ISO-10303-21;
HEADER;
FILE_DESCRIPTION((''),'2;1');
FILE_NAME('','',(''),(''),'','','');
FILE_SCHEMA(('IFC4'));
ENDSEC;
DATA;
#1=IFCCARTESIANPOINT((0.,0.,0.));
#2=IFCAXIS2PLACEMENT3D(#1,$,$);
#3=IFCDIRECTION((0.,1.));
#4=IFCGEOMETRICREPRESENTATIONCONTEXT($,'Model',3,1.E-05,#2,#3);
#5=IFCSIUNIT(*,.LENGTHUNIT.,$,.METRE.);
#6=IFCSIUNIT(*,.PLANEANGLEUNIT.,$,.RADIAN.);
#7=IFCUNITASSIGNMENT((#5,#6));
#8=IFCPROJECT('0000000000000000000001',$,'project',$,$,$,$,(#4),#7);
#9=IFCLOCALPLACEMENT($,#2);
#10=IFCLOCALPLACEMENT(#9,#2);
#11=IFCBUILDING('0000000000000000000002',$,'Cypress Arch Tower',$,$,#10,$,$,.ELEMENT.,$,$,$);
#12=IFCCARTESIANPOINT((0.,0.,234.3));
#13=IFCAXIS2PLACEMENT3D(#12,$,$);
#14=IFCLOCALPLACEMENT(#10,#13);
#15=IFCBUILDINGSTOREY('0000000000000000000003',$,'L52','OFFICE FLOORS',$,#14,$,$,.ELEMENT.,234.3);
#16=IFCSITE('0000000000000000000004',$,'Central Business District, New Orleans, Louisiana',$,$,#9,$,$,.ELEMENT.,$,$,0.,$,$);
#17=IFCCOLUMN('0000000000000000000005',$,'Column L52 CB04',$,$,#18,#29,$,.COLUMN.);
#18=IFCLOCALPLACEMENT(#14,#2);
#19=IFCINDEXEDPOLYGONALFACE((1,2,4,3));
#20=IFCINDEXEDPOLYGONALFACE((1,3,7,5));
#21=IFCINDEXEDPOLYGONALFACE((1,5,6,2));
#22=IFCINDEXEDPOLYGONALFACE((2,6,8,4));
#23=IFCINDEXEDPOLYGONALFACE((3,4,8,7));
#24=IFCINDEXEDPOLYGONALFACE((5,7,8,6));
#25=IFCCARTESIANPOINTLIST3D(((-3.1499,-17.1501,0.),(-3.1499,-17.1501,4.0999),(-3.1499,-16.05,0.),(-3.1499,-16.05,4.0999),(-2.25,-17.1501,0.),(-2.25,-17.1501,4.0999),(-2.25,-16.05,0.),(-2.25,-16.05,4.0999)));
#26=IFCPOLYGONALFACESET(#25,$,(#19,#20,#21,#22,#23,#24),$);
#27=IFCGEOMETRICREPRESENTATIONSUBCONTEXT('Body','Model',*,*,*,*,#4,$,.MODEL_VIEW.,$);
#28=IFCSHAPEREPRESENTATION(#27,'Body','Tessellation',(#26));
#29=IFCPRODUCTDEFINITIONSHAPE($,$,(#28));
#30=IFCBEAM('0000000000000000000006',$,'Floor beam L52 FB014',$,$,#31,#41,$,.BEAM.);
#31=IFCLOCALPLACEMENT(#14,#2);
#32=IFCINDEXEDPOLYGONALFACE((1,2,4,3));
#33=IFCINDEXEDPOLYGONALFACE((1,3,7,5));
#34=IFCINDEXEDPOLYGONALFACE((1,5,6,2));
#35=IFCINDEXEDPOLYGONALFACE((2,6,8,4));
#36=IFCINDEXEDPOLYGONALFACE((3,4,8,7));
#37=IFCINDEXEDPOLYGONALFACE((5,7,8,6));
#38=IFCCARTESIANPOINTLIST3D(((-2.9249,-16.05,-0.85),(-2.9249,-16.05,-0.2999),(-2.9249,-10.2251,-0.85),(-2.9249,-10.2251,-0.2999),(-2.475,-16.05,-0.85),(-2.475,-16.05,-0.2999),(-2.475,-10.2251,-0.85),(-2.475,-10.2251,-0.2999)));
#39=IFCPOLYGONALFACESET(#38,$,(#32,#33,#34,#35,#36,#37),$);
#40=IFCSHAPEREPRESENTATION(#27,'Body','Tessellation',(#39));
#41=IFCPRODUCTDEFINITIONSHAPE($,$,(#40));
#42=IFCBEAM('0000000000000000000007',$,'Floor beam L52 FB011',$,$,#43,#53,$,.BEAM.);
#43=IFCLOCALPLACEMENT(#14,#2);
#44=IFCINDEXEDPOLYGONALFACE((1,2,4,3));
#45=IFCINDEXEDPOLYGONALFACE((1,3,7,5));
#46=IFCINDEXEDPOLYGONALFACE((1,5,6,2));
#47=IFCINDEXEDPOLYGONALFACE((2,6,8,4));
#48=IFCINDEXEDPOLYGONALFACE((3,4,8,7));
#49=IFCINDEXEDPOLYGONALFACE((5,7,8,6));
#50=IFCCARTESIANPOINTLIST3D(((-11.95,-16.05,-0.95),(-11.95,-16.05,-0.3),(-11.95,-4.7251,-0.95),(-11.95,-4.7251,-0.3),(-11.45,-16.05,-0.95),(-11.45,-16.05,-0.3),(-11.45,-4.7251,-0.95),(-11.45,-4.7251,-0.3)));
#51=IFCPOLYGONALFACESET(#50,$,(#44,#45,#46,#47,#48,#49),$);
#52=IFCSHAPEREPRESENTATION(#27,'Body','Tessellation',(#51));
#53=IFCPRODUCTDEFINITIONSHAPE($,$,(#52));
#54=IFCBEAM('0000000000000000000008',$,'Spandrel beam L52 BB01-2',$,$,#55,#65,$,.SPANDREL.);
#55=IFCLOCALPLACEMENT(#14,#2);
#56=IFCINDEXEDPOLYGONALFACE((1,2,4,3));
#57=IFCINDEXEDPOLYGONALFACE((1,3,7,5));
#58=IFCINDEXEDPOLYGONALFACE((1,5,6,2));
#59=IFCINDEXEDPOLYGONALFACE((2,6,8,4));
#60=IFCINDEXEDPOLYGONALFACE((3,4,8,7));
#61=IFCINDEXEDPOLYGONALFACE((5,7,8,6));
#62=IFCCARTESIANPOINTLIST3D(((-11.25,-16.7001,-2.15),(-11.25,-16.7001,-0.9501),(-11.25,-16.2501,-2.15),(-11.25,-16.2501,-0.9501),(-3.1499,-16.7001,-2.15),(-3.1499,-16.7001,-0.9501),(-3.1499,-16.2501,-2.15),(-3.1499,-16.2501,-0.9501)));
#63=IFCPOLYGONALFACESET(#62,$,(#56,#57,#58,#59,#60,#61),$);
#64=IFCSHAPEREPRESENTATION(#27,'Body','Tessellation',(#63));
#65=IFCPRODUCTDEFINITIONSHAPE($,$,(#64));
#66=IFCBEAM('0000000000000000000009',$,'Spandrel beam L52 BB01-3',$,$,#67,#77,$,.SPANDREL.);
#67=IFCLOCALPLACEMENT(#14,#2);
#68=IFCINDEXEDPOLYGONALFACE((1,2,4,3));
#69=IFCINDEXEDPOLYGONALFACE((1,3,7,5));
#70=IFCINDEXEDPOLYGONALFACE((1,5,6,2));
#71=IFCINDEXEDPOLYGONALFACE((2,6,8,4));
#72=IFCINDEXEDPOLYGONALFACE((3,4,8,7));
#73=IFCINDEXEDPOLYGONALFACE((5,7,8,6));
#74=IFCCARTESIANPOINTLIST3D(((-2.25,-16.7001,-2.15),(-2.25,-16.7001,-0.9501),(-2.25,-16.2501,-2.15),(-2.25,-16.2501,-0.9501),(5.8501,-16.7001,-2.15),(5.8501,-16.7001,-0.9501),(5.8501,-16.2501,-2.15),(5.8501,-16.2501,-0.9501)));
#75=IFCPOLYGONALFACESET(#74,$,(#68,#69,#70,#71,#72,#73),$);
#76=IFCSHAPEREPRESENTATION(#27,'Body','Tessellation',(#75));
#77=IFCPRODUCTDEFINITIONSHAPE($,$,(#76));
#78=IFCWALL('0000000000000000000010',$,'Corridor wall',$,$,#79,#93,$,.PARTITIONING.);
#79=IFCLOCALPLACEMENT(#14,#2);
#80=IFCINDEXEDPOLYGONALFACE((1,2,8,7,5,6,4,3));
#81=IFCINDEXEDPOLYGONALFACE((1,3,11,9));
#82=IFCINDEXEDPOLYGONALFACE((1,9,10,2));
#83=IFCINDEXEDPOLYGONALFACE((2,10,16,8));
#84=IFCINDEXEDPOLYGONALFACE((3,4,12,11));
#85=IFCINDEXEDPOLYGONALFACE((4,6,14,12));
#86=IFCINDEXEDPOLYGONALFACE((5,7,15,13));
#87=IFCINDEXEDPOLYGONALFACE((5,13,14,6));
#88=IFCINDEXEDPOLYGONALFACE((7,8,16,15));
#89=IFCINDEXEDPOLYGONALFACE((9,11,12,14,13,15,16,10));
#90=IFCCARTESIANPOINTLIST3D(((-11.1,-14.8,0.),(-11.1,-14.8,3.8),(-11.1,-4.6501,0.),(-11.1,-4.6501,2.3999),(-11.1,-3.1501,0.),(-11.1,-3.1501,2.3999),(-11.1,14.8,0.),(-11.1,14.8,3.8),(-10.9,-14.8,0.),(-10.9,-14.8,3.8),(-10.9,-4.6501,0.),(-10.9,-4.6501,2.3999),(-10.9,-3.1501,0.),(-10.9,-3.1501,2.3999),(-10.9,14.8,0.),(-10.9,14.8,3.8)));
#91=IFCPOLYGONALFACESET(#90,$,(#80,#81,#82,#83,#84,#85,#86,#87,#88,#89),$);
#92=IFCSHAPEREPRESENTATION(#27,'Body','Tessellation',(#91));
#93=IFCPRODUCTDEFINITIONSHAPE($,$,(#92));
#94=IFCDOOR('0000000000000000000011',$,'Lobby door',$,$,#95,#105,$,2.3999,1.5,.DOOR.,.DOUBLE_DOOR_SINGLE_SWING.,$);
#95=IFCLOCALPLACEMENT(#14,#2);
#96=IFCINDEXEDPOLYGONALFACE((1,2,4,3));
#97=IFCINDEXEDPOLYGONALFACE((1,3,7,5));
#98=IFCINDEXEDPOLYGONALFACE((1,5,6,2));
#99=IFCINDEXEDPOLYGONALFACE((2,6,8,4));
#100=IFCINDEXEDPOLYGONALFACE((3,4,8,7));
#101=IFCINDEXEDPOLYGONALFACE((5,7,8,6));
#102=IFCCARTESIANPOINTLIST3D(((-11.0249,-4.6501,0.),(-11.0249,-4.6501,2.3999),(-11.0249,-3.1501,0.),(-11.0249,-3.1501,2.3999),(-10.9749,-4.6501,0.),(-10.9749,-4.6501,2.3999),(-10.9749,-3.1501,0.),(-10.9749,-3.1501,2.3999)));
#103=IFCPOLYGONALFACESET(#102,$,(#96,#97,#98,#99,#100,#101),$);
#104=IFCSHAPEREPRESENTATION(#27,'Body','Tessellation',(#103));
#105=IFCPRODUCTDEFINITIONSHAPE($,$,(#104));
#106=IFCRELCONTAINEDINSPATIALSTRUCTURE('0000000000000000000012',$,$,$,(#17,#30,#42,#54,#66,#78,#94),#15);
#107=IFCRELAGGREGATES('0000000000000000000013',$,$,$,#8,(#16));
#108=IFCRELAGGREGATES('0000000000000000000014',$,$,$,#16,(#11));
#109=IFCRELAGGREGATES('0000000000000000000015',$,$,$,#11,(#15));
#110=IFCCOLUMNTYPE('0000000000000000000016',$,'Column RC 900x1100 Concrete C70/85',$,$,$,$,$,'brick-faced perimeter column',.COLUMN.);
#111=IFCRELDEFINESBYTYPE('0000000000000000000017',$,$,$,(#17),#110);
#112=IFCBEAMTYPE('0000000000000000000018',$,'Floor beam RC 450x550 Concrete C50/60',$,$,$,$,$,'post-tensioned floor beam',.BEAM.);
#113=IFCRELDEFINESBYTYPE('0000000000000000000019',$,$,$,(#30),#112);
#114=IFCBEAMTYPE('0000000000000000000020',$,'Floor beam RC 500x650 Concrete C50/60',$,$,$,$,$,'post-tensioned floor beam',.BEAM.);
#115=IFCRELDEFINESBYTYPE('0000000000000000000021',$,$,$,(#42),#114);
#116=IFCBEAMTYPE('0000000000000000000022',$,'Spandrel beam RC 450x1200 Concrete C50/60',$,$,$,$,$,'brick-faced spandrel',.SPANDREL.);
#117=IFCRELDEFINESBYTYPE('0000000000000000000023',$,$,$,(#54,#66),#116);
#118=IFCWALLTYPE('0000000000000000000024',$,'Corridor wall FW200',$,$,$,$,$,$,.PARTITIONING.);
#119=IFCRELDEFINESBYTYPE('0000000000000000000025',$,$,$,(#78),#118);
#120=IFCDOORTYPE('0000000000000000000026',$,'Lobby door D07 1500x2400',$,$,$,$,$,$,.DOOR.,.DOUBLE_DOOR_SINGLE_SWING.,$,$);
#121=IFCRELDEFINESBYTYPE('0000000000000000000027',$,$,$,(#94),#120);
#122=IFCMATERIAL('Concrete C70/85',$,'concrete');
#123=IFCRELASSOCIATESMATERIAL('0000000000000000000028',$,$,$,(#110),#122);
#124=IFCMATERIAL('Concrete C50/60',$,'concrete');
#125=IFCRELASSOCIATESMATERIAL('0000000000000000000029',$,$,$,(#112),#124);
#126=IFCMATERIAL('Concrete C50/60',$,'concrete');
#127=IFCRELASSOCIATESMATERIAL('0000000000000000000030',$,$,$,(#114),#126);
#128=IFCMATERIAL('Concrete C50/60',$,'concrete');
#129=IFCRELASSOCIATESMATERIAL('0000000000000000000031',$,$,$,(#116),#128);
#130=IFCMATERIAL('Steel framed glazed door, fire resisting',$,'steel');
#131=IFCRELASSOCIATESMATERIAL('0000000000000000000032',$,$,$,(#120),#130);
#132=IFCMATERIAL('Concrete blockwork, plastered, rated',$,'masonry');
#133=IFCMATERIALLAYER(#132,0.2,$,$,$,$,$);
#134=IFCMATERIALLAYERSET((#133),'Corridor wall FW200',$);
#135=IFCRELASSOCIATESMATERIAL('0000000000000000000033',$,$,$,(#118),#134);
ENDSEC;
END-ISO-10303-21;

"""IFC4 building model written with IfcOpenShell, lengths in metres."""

from ifc_helpers import new_model, si_unit, direction, frame, frame_2d, origin, origin_2d, place, context, subcontext, project, spatial, rectangle, extrude, material, layer, layer_set, material_profile, profile_set, type_object, element, fill, save


model = new_model("IFC4")

# Units and contexts
model_context = context("Model", 3, precision=1e-05, world=origin(), true_north=direction((0.0, 1.0)))
body_context = subcontext(model_context, "Body", "Model", "MODEL_VIEW")
ifc_project = project(units=[si_unit("LENGTHUNIT", "METRE"), si_unit("PLANEANGLEUNIT", "RADIAN")], contexts=[model_context])

# Site, building, storey
site_placement = place(None, origin())
site = spatial("IfcSite", under=ifc_project, at=site_placement, Name="Central Business District, New Orleans, Louisiana", CompositionType="ELEMENT", RefElevation=0.0)
building_placement = place(site_placement, origin())
building = spatial("IfcBuilding", under=site, at=building_placement, Name="Cypress Arch Tower", CompositionType="ELEMENT")
storey_placement = place(building_placement, frame((0.0, 0.0, 234.3)))
storey = spatial("IfcBuildingStorey", under=building, at=storey_placement, Name="L52", Description="OFFICE FLOORS", CompositionType="ELEMENT", Elevation=234.3)

# Column
ifc_material_1 = material(Name="Concrete C70/85", Category="concrete")
ifc_material_profile_1 = material_profile(ifc_material_1, rectangle(XDim=0.8999, YDim=1.1001, at=origin_2d()), Name="RC 900x1100")
ifc_profile_set_1 = profile_set([ifc_material_profile_1], Name="Concrete C70/85")
column_type = type_object("IfcColumnType", Name="Column RC 900x1100 Concrete C70/85", ElementType="brick-faced perimeter column", PredefinedType="COLUMN", material=ifc_profile_set_1)
column_placement = place(storey_placement, frame((-2.7, -16.6001, 0.0), z_axis=(0.0, 0.0, 1.0), x_axis=(1.0, 0.0, 0.0)))
element("IfcColumn", 1, at=column_placement, inside=storey, type_object=column_type, Name="Column L52 CB04", PredefinedType="COLUMN", context=body_context, shape_type="SweptSolid", body=[
    extrude(rectangle(XDim=0.8999, YDim=1.1001, at=origin_2d()), origin(), (0.0, 0.0, 1.0), 4.0999),
])

# Beams
ifc_material_2 = material(Name="Concrete C50/60", Category="concrete")
ifc_material_profile_2 = material_profile(ifc_material_2, rectangle(XDim=0.45, YDim=0.55, at=origin_2d()), Name="RC 450x550")
ifc_profile_set_2 = profile_set([ifc_material_profile_2], Name="Concrete C50/60")
beam_type_1 = type_object("IfcBeamType", Name="Floor beam RC 450x550 Concrete C50/60", ElementType="post-tensioned floor beam", PredefinedType="BEAM", material=ifc_profile_set_2)
beam_1_placement = place(storey_placement, frame((-2.7, -16.05, -0.575), z_axis=(0.0, 1.0, 0.0), x_axis=(-1.0, 0.0, 0.0)))
element("IfcBeam", 2, at=beam_1_placement, inside=storey, type_object=beam_type_1, Name="Floor beam L52 FB014", PredefinedType="BEAM", context=body_context, shape_type="SweptSolid", body=[
    extrude(rectangle(XDim=0.45, YDim=0.55, at=origin_2d()), origin(), (0.0, 0.0, 1.0), 5.825),
])
ifc_material_3 = material(Name="Concrete C50/60", Category="concrete")
ifc_material_profile_3 = material_profile(ifc_material_3, rectangle(XDim=0.5, YDim=0.6499, at=origin_2d()), Name="RC 500x650")
ifc_profile_set_3 = profile_set([ifc_material_profile_3], Name="Concrete C50/60")
beam_type_2 = type_object("IfcBeamType", Name="Floor beam RC 500x650 Concrete C50/60", ElementType="post-tensioned floor beam", PredefinedType="BEAM", material=ifc_profile_set_3)
beam_2_placement = place(storey_placement, frame((-11.7, -16.05, -0.625), z_axis=(0.0, 1.0, 0.0), x_axis=(-1.0, 0.0, 0.0)))
element("IfcBeam", 3, at=beam_2_placement, inside=storey, type_object=beam_type_2, Name="Floor beam L52 FB011", PredefinedType="BEAM", context=body_context, shape_type="SweptSolid", body=[
    extrude(rectangle(XDim=0.5, YDim=0.6499, at=origin_2d()), origin(), (0.0, 0.0, 1.0), 11.325),
])
ifc_material_4 = material(Name="Concrete C50/60", Category="concrete")
ifc_material_profile_4 = material_profile(ifc_material_4, rectangle(XDim=0.45, YDim=1.2, at=origin_2d()), Name="RC 450x1200")
ifc_profile_set_4 = profile_set([ifc_material_profile_4], Name="Concrete C50/60")
beam_type_3 = type_object("IfcBeamType", Name="Spandrel beam RC 450x1200 Concrete C50/60", ElementType="brick-faced spandrel", PredefinedType="SPANDREL", material=ifc_profile_set_4)
for number, where, z_axis, x_axis, name in (
    (4, (-11.25, -16.4751, -1.55), (1.0, 0.0, 0.0), (0.0, 1.0, 0.0), "Spandrel beam L52 BB01-2"),
    (5, (-2.25, -16.4751, -1.55), (1.0, 0.0, 0.0), (0.0, 1.0, 0.0), "Spandrel beam L52 BB01-3"),
):
    element("IfcBeam", number, at=place(storey_placement, frame(where, z_axis=z_axis, x_axis=x_axis)), inside=storey, type_object=beam_type_3, Name=name, PredefinedType="SPANDREL", context=body_context, shape_type="SweptSolid", body=[
        extrude(rectangle(XDim=0.45, YDim=1.2, at=origin_2d()), origin(), (0.0, 0.0, 1.0), 8.1001),
    ])

# Shared definitions
ifc_material_5 = material(Name="Steel framed glazed door, fire resisting", Category="steel")
door_type_1 = type_object("IfcDoorType", Name="Lobby door D07 1500x2400", OperationType="DOUBLE_DOOR_SINGLE_SWING", PredefinedType="DOOR", material=ifc_material_5)

# Shared definitions
ifc_material_6 = material(Name="Concrete blockwork, plastered, rated", Category="masonry")
ifc_layer_1 = layer(ifc_material_6, 0.2)
ifc_layer_set_1 = layer_set([ifc_layer_1], Name="Corridor wall FW200")
wall_type_1 = type_object("IfcWallType", Name="Corridor wall FW200", PredefinedType="PARTITIONING", material=ifc_layer_set_1)

# Wall, opening, door
wall_1_placement = place(storey_placement, frame((-11.0, -14.8, 0.0), z_axis=(0.0, 0.0, 1.0), x_axis=(0.0, 1.0, 0.0)))
wall_1 = element("IfcWall", 6, at=wall_1_placement, inside=storey, type_object=wall_type_1, Name="Corridor wall", PredefinedType="PARTITIONING", context=body_context, shape_type="SweptSolid", body=[
    extrude(rectangle(XDim=29.6001, YDim=0.2, at=frame_2d((14.8, 0.0))), origin(), (0.0, 0.0, 1.0), 3.8),
])
opening_1_placement = place(wall_1_placement, frame((10.1499, 0.0, 0.0)))
opening_1 = element("IfcOpeningElement", 7, at=opening_1_placement, cuts=wall_1, PredefinedType="OPENING", context=body_context, shape_type="SweptSolid", body=[
    extrude(rectangle(XDim=1.5, YDim=2.3999, at=frame_2d((0.75, 1.2))), frame((0.0, 0.1099, 0.0), z_axis=(0.0, -1.0, 0.0), x_axis=(1.0, 0.0, 0.0)), (0.0, 0.0, 1.0), 0.22),
])
door_1_placement = place(opening_1_placement, origin())
door_1 = element("IfcDoor", 8, at=door_1_placement, inside=storey, type_object=door_type_1, Name="Lobby door", OperationType="DOUBLE_DOOR_SINGLE_SWING", OverallHeight=2.3999, OverallWidth=1.5, PredefinedType="DOOR", context=body_context, shape_type="SweptSolid", body=[
    extrude(rectangle(XDim=1.5, YDim=2.3999, at=frame_2d((0.75, 1.2))), frame((0.0, 0.0249, 0.0), z_axis=(0.0, -1.0, 0.0), x_axis=(1.0, 0.0, 0.0)), (0.0, 0.0, 1.0), 0.05),
])
fill(opening_1, door_1)

save(model, "model.ifc")
